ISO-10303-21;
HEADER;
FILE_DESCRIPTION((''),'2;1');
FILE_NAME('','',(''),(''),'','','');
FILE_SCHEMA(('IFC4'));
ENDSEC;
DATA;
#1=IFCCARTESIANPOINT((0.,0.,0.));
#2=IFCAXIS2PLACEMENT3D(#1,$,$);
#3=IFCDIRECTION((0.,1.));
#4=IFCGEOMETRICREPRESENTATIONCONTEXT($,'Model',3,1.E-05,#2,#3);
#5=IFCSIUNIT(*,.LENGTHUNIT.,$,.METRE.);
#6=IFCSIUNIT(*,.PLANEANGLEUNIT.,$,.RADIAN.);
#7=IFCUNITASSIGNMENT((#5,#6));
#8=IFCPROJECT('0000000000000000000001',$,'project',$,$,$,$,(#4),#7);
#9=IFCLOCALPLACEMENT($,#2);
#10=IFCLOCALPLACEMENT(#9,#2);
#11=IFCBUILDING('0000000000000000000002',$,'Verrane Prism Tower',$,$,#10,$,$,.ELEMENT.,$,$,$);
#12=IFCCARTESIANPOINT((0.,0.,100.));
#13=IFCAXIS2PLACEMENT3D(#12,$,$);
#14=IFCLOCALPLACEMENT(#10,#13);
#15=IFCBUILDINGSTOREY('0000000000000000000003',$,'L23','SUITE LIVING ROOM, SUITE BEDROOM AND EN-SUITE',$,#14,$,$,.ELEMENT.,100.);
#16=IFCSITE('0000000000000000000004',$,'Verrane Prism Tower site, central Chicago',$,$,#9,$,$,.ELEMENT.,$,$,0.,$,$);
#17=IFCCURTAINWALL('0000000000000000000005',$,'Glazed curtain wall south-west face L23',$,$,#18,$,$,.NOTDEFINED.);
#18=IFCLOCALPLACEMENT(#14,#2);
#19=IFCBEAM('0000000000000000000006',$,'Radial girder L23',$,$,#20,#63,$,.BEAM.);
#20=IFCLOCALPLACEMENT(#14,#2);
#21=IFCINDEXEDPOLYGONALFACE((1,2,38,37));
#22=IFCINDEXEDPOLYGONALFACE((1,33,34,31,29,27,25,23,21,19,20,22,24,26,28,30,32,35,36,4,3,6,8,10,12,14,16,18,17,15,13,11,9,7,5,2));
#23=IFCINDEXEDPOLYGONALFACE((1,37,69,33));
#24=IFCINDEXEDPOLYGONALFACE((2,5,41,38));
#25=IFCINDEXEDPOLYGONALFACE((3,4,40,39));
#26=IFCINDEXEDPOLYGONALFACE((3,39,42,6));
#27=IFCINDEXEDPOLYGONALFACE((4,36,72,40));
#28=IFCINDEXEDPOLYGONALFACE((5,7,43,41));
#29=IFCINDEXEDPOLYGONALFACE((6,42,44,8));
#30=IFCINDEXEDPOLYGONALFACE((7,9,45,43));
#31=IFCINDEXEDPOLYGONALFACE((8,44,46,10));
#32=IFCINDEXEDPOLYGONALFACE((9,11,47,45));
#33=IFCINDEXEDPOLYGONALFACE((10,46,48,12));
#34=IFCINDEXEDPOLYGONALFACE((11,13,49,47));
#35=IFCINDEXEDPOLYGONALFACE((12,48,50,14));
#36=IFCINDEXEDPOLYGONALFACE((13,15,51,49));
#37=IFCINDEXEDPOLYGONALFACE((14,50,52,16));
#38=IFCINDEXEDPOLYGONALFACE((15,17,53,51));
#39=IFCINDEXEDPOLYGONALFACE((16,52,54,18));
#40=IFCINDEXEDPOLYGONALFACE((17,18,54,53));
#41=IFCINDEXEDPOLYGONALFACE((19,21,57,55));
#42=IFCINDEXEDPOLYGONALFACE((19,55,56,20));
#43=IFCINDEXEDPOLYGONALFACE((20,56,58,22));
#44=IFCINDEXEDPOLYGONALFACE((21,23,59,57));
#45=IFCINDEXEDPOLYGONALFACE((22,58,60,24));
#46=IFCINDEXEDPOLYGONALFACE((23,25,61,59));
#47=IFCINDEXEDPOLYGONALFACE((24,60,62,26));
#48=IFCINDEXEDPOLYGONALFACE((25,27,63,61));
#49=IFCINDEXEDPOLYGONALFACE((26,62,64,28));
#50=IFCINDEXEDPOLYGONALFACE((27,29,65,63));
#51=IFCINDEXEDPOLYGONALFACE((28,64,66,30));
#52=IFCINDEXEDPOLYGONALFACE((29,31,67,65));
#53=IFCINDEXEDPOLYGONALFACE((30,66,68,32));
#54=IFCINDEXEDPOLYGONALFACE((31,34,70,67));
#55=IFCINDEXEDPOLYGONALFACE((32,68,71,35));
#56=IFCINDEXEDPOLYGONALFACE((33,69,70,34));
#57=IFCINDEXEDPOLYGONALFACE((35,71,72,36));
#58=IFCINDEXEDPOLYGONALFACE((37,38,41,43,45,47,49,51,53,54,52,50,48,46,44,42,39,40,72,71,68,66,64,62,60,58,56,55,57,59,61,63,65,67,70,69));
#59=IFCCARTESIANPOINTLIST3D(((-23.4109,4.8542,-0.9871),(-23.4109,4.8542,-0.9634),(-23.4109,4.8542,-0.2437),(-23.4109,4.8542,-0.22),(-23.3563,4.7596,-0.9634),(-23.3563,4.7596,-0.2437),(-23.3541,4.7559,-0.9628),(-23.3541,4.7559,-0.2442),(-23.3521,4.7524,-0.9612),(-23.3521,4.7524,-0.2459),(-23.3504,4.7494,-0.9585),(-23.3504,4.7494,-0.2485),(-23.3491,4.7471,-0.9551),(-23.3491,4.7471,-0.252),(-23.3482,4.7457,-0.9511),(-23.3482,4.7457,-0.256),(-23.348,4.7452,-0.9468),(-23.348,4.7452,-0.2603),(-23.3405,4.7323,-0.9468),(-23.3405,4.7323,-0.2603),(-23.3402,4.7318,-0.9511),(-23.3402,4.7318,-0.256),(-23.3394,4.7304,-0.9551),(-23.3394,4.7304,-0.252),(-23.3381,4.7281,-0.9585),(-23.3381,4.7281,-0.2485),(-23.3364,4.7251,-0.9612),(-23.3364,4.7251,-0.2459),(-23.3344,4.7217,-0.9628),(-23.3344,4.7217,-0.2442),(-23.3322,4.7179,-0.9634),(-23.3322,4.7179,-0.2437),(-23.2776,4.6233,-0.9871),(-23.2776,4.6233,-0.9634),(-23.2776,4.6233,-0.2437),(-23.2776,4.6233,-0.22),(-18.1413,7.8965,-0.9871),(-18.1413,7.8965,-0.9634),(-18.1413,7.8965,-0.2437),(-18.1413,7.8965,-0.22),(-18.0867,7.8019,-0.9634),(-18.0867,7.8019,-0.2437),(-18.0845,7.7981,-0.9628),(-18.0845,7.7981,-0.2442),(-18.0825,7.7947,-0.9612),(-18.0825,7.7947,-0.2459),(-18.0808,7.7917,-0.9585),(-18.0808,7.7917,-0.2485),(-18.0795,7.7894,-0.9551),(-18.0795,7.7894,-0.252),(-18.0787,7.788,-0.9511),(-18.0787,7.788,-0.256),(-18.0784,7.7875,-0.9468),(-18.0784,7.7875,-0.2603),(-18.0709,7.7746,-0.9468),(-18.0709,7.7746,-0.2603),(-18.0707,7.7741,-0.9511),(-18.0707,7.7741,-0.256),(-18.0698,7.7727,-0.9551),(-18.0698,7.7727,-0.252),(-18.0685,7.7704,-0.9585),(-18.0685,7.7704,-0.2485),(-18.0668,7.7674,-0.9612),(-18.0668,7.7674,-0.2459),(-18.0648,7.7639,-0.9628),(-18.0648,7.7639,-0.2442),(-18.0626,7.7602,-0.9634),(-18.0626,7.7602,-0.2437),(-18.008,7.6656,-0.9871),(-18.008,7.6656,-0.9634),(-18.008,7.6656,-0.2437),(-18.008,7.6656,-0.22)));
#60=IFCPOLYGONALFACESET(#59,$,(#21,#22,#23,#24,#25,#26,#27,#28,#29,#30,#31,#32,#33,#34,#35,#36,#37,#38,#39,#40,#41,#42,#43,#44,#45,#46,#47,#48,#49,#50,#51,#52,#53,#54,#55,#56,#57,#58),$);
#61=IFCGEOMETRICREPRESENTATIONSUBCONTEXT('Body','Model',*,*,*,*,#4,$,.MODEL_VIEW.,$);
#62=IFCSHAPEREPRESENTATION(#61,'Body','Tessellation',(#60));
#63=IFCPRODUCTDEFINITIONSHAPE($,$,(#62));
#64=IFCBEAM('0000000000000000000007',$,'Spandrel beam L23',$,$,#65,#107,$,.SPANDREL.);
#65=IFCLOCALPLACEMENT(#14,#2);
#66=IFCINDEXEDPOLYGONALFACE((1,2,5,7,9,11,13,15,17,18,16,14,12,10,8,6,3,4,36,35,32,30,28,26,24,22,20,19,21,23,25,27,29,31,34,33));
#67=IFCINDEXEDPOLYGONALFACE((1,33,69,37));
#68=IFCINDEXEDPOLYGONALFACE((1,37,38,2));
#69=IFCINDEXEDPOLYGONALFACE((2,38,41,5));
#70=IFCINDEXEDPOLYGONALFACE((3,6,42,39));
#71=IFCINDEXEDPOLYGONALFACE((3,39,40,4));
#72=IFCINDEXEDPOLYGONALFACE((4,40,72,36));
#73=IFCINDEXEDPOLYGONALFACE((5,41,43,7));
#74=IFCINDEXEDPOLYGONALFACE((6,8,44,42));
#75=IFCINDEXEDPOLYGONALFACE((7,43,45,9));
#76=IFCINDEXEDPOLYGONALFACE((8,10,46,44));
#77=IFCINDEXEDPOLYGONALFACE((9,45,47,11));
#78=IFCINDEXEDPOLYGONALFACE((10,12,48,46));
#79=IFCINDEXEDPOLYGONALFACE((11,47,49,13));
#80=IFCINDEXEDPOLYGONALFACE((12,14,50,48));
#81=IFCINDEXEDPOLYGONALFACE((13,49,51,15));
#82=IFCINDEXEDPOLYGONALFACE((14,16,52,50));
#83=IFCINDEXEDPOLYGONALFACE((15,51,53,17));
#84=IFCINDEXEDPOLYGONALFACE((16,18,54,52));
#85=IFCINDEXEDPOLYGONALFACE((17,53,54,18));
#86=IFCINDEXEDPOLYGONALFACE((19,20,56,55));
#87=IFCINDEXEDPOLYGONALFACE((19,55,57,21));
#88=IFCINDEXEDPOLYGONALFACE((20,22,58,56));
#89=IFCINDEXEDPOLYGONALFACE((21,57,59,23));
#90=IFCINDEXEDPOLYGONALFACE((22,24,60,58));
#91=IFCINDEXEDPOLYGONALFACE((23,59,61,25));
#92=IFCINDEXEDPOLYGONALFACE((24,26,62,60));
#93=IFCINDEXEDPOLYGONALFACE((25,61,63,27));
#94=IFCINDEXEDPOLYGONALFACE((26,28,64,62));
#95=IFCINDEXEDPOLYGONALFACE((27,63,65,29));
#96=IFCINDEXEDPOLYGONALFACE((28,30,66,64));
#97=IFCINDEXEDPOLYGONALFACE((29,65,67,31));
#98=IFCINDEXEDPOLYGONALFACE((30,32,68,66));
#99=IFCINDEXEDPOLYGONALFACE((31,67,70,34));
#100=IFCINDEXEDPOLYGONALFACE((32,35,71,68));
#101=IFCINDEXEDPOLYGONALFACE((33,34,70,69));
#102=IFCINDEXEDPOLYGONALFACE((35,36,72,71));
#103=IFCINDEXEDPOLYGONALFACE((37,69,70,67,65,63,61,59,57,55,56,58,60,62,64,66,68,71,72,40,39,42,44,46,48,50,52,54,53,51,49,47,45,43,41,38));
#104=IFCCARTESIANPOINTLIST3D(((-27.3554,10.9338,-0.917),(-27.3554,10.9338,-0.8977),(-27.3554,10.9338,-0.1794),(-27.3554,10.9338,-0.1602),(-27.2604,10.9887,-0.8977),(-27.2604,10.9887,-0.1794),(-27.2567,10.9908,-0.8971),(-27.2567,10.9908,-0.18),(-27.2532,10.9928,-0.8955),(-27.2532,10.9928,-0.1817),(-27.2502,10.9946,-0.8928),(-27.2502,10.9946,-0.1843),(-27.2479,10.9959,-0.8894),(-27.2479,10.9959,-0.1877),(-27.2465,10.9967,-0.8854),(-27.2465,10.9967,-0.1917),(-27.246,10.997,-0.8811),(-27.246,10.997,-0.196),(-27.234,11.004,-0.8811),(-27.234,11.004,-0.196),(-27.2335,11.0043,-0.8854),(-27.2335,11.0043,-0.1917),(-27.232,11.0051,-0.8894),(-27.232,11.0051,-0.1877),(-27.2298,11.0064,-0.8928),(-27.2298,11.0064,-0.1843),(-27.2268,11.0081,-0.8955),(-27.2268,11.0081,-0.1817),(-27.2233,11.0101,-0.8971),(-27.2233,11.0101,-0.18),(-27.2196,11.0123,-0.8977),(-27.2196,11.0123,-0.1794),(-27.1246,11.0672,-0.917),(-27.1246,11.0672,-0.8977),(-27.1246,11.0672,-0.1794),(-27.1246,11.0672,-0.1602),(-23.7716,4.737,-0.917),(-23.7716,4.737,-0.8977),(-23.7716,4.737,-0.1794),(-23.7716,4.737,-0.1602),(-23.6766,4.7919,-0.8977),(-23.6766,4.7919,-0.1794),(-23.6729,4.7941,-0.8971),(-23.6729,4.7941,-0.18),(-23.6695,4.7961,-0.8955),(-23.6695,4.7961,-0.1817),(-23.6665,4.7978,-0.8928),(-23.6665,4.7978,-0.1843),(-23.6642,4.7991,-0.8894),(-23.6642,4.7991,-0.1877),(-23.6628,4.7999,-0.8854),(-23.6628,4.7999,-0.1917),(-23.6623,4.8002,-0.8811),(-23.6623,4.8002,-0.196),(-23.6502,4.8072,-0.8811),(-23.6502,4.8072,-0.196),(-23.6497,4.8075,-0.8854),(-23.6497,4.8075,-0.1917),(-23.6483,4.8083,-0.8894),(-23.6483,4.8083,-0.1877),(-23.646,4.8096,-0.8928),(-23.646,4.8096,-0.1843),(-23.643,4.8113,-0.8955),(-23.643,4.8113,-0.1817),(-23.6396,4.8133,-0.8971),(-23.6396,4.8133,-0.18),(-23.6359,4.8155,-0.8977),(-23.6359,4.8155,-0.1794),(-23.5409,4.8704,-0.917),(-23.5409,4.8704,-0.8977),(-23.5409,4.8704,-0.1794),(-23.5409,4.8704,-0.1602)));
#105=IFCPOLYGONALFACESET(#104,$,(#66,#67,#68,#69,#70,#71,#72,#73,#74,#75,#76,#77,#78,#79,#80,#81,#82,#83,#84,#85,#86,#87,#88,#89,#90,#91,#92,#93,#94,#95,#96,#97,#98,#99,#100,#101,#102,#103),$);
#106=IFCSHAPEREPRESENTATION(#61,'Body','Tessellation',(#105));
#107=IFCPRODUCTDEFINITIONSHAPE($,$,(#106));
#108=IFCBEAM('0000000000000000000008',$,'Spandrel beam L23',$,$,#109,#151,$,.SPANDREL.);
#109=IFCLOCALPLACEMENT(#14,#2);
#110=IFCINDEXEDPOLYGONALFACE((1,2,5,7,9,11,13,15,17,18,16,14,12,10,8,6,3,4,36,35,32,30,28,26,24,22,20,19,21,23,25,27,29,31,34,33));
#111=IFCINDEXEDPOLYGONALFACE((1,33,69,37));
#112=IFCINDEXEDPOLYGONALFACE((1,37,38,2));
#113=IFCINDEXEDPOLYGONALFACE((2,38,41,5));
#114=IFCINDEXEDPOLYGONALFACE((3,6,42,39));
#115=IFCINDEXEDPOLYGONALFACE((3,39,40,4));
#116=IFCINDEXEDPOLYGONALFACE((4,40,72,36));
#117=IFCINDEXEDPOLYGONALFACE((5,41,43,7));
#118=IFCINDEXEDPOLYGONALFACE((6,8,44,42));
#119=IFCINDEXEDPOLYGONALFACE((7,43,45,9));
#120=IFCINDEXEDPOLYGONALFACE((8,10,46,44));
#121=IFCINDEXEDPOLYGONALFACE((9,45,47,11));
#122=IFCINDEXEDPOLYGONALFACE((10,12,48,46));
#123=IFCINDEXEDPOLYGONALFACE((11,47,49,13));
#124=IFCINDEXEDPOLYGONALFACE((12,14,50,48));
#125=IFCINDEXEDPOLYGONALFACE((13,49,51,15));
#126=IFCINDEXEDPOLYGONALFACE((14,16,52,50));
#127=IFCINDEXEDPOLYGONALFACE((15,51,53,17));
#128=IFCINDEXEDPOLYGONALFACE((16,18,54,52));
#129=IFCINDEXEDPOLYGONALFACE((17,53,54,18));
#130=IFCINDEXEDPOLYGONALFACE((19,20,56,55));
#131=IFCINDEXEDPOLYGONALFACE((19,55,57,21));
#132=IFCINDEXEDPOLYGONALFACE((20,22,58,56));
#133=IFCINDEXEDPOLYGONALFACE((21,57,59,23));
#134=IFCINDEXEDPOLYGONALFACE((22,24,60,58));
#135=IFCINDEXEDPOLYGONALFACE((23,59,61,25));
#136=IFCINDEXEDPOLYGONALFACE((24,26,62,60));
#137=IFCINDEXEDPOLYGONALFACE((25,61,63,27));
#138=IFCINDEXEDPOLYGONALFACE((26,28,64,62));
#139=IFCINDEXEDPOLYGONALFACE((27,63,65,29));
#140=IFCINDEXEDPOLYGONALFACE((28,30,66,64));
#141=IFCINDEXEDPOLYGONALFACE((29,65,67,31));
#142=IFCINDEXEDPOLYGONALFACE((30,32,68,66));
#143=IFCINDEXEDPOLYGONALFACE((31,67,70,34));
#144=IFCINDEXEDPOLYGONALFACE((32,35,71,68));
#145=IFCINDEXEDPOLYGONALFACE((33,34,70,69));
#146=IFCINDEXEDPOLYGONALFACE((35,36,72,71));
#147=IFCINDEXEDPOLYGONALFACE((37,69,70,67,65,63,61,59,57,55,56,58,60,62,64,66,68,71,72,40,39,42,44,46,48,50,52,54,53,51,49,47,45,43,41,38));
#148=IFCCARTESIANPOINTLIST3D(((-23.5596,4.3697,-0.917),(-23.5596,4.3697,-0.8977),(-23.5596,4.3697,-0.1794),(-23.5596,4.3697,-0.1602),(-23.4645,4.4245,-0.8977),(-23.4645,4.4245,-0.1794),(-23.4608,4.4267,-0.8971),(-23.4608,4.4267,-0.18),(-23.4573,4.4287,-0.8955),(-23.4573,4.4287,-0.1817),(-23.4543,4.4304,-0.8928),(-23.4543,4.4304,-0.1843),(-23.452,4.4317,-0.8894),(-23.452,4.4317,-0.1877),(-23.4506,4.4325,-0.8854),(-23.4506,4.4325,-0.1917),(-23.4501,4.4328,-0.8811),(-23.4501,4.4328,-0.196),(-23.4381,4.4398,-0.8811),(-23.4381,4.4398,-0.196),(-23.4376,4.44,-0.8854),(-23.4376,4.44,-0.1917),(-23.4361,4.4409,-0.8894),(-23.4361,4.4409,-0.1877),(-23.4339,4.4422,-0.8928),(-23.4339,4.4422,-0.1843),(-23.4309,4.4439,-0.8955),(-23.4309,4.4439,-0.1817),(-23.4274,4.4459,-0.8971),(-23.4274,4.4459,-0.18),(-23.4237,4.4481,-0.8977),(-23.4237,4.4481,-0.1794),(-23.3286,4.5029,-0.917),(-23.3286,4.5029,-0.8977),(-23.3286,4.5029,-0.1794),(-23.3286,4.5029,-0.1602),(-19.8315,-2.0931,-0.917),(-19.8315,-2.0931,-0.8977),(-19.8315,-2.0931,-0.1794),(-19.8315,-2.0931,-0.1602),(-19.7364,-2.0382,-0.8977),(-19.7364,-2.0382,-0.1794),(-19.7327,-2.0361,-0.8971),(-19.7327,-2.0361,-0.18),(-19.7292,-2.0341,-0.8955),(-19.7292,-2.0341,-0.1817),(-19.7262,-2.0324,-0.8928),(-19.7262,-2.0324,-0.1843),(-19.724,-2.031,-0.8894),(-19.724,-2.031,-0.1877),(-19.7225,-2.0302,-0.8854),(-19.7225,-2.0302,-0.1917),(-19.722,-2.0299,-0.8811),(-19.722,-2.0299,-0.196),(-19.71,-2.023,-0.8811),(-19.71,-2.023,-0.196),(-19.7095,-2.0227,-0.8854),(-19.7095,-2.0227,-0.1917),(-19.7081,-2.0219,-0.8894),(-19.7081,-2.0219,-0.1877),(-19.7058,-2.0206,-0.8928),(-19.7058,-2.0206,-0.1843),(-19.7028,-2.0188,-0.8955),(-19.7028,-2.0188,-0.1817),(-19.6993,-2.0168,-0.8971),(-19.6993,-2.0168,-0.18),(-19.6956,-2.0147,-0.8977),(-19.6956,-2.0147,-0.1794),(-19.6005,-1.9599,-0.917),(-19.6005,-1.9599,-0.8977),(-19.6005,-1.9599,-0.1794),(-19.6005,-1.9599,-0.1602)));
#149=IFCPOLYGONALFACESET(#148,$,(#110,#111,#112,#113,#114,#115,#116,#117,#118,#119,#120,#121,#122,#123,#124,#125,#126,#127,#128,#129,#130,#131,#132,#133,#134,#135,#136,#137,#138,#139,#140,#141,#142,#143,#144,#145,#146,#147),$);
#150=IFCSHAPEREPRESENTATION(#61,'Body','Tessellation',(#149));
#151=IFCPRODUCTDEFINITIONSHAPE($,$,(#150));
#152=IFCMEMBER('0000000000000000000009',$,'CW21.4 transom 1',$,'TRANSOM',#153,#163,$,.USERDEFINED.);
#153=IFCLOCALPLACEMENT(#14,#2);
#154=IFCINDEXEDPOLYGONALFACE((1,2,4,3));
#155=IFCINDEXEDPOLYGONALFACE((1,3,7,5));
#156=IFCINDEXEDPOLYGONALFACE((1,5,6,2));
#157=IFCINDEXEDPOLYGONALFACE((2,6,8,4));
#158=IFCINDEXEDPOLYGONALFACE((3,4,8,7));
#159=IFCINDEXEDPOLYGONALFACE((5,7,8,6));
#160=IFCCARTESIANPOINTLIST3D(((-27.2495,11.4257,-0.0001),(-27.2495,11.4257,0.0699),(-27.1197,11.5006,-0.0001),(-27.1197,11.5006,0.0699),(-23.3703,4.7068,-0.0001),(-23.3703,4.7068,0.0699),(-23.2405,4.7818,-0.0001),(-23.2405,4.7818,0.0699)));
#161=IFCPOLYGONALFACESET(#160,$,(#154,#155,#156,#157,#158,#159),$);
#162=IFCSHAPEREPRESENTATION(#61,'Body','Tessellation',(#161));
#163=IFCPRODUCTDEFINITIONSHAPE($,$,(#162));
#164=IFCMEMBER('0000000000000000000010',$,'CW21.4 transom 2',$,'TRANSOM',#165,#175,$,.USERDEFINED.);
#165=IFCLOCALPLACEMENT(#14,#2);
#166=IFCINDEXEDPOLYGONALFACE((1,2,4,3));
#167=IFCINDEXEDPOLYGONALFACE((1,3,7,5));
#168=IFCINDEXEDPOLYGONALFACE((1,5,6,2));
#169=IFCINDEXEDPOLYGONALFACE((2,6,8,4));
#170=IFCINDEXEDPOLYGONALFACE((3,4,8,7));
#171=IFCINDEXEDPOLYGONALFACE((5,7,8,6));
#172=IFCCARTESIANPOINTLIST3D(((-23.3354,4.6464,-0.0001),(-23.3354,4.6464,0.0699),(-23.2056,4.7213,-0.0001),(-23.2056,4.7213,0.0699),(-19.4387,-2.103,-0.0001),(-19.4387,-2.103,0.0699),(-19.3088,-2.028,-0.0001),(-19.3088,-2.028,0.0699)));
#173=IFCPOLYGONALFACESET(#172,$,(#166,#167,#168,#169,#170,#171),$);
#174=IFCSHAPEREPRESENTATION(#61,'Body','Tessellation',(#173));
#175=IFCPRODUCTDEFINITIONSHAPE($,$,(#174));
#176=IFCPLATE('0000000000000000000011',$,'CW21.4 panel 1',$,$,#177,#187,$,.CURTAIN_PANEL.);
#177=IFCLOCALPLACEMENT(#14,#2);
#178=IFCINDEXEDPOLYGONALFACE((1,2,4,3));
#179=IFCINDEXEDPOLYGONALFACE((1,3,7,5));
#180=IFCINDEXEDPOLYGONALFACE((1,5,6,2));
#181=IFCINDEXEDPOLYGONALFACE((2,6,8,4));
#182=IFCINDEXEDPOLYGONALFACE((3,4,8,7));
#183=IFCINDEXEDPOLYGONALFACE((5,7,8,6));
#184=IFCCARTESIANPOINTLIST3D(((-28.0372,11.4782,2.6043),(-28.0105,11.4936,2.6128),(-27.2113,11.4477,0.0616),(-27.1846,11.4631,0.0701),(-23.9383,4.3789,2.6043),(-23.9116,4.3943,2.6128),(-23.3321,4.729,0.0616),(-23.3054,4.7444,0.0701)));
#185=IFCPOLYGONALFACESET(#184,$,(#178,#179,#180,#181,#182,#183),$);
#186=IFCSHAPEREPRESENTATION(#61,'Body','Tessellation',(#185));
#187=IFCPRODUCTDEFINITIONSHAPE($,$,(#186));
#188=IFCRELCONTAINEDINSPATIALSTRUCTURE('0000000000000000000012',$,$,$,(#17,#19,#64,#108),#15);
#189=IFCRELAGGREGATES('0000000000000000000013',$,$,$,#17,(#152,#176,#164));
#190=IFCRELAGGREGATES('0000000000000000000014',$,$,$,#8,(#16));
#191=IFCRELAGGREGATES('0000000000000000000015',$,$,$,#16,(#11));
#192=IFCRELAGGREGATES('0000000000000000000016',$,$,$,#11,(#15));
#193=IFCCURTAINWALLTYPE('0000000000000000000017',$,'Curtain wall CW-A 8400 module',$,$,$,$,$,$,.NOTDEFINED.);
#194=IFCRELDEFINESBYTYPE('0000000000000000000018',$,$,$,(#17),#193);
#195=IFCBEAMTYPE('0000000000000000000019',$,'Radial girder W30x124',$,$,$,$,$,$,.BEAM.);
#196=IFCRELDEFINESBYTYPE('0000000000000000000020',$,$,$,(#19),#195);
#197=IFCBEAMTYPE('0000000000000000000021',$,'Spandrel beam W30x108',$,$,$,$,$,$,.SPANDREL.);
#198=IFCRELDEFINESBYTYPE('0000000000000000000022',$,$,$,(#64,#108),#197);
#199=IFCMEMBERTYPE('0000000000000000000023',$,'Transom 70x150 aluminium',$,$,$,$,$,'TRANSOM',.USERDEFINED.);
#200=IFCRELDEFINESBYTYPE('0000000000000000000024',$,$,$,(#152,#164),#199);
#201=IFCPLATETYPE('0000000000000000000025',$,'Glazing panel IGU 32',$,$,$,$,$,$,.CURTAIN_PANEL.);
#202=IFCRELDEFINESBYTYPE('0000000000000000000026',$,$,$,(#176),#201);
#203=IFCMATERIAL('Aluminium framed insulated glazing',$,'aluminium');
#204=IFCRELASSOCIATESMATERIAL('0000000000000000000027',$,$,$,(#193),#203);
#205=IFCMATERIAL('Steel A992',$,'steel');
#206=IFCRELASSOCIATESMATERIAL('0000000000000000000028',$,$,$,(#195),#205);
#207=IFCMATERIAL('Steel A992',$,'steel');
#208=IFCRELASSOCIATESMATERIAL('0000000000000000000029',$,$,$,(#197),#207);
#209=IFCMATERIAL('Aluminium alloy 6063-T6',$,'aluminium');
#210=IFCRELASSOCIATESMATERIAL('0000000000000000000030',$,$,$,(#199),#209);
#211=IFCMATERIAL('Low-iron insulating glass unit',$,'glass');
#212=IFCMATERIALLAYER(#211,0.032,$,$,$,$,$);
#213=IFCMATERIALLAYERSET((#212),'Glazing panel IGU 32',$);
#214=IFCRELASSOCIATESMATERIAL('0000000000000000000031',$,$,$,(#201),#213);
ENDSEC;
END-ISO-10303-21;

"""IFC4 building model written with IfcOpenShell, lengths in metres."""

from ifc_helpers import new_model, si_unit, direction, frame, origin, origin_2d, place, context, subcontext, project, spatial, polyline, rectangle, i_section, outline, extrude, material, layer, layer_set, material_profile, profile_set, type_object, element, aggregate, save


model = new_model("IFC4")

# Units and contexts
model_context = context("Model", 3, precision=1e-05, world=origin(), true_north=direction((0.0, 1.0)))
body_context = subcontext(model_context, "Body", "Model", "MODEL_VIEW")
ifc_project = project(units=[si_unit("LENGTHUNIT", "METRE"), si_unit("PLANEANGLEUNIT", "RADIAN")], contexts=[model_context])

# Site, building, storey
site_placement = place(None, origin())
site = spatial("IfcSite", under=ifc_project, at=site_placement, Name="Verrane Prism Tower site, central Chicago", CompositionType="ELEMENT", RefElevation=0.0)
building_placement = place(site_placement, origin())
building = spatial("IfcBuilding", under=site, at=building_placement, Name="Verrane Prism Tower", CompositionType="ELEMENT")
storey_placement = place(building_placement, frame((0.0, 0.0, 100.0)))
storey = spatial("IfcBuildingStorey", under=building, at=storey_placement, Name="L23", Description="SUITE LIVING ROOM, SUITE BEDROOM AND EN-SUITE", CompositionType="ELEMENT", Elevation=100.0)

# Curtain wall
ifc_material_1 = material(Name="Aluminium framed insulated glazing", Category="aluminium")
curtain_wall_type = type_object("IfcCurtainWallType", Name="Curtain wall CW-A 8400 module", PredefinedType="NOTDEFINED", material=ifc_material_1)
curtain_wall_placement = place(storey_placement, origin())
curtain_wall = element("IfcCurtainWall", 1, at=curtain_wall_placement, inside=storey, type_object=curtain_wall_type, Name="Glazed curtain wall south-west face L23", PredefinedType="NOTDEFINED")

# Beams
ifc_material_2 = material(Name="Steel A992", Category="steel")
ifc_material_profile_1 = material_profile(ifc_material_2, i_section(OverallWidth=0.2666, OverallDepth=0.7671, WebThickness=0.0149, FlangeThickness=0.0237, FilletRadius=0.0166, at=origin_2d()), Name="W30x124")
ifc_profile_set_1 = profile_set([ifc_material_profile_1], Name="Steel A992")
beam_type_1 = type_object("IfcBeamType", Name="Radial girder W30x124", PredefinedType="BEAM", material=ifc_profile_set_1)
beam_1_placement = place(storey_placement, frame((-23.3442, 4.7388, -0.6035), z_axis=(0.866035, 0.499984, 0.0), x_axis=(-0.499984, 0.866035, 0.0)))
element("IfcBeam", 2, at=beam_1_placement, inside=storey, type_object=beam_type_1, Name="Radial girder L23", PredefinedType="BEAM", context=body_context, shape_type="SweptSolid", body=[
    extrude(i_section(OverallWidth=0.2666, OverallDepth=0.7671, WebThickness=0.0149, FlangeThickness=0.0237, FilletRadius=0.0166, at=origin_2d()), origin(), (0.0, 0.0, 1.0), 6.0847),
])
ifc_material_3 = material(Name="Steel A992", Category="steel")
ifc_material_profile_2 = material_profile(ifc_material_3, i_section(OverallWidth=0.2666, OverallDepth=0.7568, WebThickness=0.0139, FlangeThickness=0.0193, FilletRadius=0.0166, at=origin_2d()), Name="W30x108")
ifc_profile_set_2 = profile_set([ifc_material_profile_2], Name="Steel A992")
beam_type_2 = type_object("IfcBeamType", Name="Spandrel beam W30x108", PredefinedType="SPANDREL", material=ifc_profile_set_2)
beam_2_placement = place(storey_placement, frame((-27.24, 11.0005, -0.5386), z_axis=(0.500632, -0.86566, 0.0), x_axis=(0.86566, 0.500632, 0.0)))
element("IfcBeam", 3, at=beam_2_placement, inside=storey, type_object=beam_type_2, Name="Spandrel beam L23", PredefinedType="SPANDREL", context=body_context, shape_type="SweptSolid", body=[
    extrude(i_section(OverallWidth=0.2666, OverallDepth=0.7568, WebThickness=0.0139, FlangeThickness=0.0193, FilletRadius=0.0166, at=origin_2d()), origin(), (0.0, 0.0, 1.0), 7.1584),
])
beam_3_placement = place(storey_placement, frame((-23.4441, 4.4363, -0.5386), z_axis=(0.49968, -0.86621, 0.0), x_axis=(0.86621, 0.49968, 0.0)))
element("IfcBeam", 4, at=beam_3_placement, inside=storey, type_object=beam_type_2, Name="Spandrel beam L23", PredefinedType="SPANDREL", context=body_context, shape_type="SweptSolid", body=[
    extrude(i_section(OverallWidth=0.2666, OverallDepth=0.7568, WebThickness=0.0139, FlangeThickness=0.0193, FilletRadius=0.0166, at=origin_2d()), origin(), (0.0, 0.0, 1.0), 7.4609),
])

# Members
ifc_material_4 = material(Name="Aluminium alloy 6063-T6", Category="aluminium")
ifc_material_profile_3 = material_profile(ifc_material_4, rectangle(XDim=0.1499, YDim=0.0701, at=origin_2d()), Name="Transom 70x150 aluminium")
ifc_profile_set_3 = profile_set([ifc_material_profile_3], Name="Aluminium alloy 6063-T6")
member_type_1 = type_object("IfcMemberType", Name="Transom 70x150 aluminium", ElementType="TRANSOM", PredefinedType="USERDEFINED", material=ifc_profile_set_3)
member_1_placement = place(storey_placement, frame((-27.1846, 11.4631, 0.0349), z_axis=(0.500008, -0.866021, 0.0), x_axis=(0.866021, 0.500008, 0.0)))
member_1 = element("IfcMember", 5, at=member_1_placement, type_object=member_type_1, Name="CW21.4 transom 1", ObjectType="TRANSOM", PredefinedType="USERDEFINED", context=body_context, shape_type="SweptSolid", body=[
    extrude(rectangle(XDim=0.1499, YDim=0.0701, at=origin_2d()), origin(), (0.0, 0.0, 1.0), 7.7583),
])
member_2_placement = place(storey_placement, frame((-23.2705, 4.6838, 0.0349), z_axis=(0.500004, -0.866023, 0.0), x_axis=(0.866023, 0.500004, 0.0)))
member_2 = element("IfcMember", 6, at=member_2_placement, type_object=member_type_1, Name="CW21.4 transom 2", ObjectType="TRANSOM", PredefinedType="USERDEFINED", context=body_context, shape_type="SweptSolid", body=[
    extrude(rectangle(XDim=0.1499, YDim=0.0701, at=origin_2d()), origin(), (0.0, 0.0, 1.0), 7.7935),
])

# Plate
ifc_material_5 = material(Name="Low-iron insulating glass unit", Category="glass")
ifc_layer_1 = layer(ifc_material_5, 0.032)
ifc_layer_set_1 = layer_set([ifc_layer_1], Name="Glazing panel IGU 32")
plate_type = type_object("IfcPlateType", Name="Glazing panel IGU 32", PredefinedType="CURTAIN_PANEL", material=ifc_layer_set_1)
plate_1_placement = place(storey_placement, frame((-27.1846, 11.4631, 0.0701), z_axis=(0.834958, 0.482071, 0.265429), x_axis=(0.500006, -0.866022, 0.0)))
plate_1 = element("IfcPlate", 7, at=plate_1_placement, type_object=plate_type, Name="CW21.4 panel 1", PredefinedType="CURTAIN_PANEL", context=body_context, shape_type="SweptSolid", body=[
    extrude(outline(polyline([(0.0, 0.0), (7.7582, 0.0), (7.7583, -2.6373), (-0.4394, -2.6373), (0.0, 0.0)])), origin(), (0.0, 0.0, -1.0), 0.032),
])
aggregate(curtain_wall, [member_1, plate_1, member_2])

save(model, "model.ifc")
